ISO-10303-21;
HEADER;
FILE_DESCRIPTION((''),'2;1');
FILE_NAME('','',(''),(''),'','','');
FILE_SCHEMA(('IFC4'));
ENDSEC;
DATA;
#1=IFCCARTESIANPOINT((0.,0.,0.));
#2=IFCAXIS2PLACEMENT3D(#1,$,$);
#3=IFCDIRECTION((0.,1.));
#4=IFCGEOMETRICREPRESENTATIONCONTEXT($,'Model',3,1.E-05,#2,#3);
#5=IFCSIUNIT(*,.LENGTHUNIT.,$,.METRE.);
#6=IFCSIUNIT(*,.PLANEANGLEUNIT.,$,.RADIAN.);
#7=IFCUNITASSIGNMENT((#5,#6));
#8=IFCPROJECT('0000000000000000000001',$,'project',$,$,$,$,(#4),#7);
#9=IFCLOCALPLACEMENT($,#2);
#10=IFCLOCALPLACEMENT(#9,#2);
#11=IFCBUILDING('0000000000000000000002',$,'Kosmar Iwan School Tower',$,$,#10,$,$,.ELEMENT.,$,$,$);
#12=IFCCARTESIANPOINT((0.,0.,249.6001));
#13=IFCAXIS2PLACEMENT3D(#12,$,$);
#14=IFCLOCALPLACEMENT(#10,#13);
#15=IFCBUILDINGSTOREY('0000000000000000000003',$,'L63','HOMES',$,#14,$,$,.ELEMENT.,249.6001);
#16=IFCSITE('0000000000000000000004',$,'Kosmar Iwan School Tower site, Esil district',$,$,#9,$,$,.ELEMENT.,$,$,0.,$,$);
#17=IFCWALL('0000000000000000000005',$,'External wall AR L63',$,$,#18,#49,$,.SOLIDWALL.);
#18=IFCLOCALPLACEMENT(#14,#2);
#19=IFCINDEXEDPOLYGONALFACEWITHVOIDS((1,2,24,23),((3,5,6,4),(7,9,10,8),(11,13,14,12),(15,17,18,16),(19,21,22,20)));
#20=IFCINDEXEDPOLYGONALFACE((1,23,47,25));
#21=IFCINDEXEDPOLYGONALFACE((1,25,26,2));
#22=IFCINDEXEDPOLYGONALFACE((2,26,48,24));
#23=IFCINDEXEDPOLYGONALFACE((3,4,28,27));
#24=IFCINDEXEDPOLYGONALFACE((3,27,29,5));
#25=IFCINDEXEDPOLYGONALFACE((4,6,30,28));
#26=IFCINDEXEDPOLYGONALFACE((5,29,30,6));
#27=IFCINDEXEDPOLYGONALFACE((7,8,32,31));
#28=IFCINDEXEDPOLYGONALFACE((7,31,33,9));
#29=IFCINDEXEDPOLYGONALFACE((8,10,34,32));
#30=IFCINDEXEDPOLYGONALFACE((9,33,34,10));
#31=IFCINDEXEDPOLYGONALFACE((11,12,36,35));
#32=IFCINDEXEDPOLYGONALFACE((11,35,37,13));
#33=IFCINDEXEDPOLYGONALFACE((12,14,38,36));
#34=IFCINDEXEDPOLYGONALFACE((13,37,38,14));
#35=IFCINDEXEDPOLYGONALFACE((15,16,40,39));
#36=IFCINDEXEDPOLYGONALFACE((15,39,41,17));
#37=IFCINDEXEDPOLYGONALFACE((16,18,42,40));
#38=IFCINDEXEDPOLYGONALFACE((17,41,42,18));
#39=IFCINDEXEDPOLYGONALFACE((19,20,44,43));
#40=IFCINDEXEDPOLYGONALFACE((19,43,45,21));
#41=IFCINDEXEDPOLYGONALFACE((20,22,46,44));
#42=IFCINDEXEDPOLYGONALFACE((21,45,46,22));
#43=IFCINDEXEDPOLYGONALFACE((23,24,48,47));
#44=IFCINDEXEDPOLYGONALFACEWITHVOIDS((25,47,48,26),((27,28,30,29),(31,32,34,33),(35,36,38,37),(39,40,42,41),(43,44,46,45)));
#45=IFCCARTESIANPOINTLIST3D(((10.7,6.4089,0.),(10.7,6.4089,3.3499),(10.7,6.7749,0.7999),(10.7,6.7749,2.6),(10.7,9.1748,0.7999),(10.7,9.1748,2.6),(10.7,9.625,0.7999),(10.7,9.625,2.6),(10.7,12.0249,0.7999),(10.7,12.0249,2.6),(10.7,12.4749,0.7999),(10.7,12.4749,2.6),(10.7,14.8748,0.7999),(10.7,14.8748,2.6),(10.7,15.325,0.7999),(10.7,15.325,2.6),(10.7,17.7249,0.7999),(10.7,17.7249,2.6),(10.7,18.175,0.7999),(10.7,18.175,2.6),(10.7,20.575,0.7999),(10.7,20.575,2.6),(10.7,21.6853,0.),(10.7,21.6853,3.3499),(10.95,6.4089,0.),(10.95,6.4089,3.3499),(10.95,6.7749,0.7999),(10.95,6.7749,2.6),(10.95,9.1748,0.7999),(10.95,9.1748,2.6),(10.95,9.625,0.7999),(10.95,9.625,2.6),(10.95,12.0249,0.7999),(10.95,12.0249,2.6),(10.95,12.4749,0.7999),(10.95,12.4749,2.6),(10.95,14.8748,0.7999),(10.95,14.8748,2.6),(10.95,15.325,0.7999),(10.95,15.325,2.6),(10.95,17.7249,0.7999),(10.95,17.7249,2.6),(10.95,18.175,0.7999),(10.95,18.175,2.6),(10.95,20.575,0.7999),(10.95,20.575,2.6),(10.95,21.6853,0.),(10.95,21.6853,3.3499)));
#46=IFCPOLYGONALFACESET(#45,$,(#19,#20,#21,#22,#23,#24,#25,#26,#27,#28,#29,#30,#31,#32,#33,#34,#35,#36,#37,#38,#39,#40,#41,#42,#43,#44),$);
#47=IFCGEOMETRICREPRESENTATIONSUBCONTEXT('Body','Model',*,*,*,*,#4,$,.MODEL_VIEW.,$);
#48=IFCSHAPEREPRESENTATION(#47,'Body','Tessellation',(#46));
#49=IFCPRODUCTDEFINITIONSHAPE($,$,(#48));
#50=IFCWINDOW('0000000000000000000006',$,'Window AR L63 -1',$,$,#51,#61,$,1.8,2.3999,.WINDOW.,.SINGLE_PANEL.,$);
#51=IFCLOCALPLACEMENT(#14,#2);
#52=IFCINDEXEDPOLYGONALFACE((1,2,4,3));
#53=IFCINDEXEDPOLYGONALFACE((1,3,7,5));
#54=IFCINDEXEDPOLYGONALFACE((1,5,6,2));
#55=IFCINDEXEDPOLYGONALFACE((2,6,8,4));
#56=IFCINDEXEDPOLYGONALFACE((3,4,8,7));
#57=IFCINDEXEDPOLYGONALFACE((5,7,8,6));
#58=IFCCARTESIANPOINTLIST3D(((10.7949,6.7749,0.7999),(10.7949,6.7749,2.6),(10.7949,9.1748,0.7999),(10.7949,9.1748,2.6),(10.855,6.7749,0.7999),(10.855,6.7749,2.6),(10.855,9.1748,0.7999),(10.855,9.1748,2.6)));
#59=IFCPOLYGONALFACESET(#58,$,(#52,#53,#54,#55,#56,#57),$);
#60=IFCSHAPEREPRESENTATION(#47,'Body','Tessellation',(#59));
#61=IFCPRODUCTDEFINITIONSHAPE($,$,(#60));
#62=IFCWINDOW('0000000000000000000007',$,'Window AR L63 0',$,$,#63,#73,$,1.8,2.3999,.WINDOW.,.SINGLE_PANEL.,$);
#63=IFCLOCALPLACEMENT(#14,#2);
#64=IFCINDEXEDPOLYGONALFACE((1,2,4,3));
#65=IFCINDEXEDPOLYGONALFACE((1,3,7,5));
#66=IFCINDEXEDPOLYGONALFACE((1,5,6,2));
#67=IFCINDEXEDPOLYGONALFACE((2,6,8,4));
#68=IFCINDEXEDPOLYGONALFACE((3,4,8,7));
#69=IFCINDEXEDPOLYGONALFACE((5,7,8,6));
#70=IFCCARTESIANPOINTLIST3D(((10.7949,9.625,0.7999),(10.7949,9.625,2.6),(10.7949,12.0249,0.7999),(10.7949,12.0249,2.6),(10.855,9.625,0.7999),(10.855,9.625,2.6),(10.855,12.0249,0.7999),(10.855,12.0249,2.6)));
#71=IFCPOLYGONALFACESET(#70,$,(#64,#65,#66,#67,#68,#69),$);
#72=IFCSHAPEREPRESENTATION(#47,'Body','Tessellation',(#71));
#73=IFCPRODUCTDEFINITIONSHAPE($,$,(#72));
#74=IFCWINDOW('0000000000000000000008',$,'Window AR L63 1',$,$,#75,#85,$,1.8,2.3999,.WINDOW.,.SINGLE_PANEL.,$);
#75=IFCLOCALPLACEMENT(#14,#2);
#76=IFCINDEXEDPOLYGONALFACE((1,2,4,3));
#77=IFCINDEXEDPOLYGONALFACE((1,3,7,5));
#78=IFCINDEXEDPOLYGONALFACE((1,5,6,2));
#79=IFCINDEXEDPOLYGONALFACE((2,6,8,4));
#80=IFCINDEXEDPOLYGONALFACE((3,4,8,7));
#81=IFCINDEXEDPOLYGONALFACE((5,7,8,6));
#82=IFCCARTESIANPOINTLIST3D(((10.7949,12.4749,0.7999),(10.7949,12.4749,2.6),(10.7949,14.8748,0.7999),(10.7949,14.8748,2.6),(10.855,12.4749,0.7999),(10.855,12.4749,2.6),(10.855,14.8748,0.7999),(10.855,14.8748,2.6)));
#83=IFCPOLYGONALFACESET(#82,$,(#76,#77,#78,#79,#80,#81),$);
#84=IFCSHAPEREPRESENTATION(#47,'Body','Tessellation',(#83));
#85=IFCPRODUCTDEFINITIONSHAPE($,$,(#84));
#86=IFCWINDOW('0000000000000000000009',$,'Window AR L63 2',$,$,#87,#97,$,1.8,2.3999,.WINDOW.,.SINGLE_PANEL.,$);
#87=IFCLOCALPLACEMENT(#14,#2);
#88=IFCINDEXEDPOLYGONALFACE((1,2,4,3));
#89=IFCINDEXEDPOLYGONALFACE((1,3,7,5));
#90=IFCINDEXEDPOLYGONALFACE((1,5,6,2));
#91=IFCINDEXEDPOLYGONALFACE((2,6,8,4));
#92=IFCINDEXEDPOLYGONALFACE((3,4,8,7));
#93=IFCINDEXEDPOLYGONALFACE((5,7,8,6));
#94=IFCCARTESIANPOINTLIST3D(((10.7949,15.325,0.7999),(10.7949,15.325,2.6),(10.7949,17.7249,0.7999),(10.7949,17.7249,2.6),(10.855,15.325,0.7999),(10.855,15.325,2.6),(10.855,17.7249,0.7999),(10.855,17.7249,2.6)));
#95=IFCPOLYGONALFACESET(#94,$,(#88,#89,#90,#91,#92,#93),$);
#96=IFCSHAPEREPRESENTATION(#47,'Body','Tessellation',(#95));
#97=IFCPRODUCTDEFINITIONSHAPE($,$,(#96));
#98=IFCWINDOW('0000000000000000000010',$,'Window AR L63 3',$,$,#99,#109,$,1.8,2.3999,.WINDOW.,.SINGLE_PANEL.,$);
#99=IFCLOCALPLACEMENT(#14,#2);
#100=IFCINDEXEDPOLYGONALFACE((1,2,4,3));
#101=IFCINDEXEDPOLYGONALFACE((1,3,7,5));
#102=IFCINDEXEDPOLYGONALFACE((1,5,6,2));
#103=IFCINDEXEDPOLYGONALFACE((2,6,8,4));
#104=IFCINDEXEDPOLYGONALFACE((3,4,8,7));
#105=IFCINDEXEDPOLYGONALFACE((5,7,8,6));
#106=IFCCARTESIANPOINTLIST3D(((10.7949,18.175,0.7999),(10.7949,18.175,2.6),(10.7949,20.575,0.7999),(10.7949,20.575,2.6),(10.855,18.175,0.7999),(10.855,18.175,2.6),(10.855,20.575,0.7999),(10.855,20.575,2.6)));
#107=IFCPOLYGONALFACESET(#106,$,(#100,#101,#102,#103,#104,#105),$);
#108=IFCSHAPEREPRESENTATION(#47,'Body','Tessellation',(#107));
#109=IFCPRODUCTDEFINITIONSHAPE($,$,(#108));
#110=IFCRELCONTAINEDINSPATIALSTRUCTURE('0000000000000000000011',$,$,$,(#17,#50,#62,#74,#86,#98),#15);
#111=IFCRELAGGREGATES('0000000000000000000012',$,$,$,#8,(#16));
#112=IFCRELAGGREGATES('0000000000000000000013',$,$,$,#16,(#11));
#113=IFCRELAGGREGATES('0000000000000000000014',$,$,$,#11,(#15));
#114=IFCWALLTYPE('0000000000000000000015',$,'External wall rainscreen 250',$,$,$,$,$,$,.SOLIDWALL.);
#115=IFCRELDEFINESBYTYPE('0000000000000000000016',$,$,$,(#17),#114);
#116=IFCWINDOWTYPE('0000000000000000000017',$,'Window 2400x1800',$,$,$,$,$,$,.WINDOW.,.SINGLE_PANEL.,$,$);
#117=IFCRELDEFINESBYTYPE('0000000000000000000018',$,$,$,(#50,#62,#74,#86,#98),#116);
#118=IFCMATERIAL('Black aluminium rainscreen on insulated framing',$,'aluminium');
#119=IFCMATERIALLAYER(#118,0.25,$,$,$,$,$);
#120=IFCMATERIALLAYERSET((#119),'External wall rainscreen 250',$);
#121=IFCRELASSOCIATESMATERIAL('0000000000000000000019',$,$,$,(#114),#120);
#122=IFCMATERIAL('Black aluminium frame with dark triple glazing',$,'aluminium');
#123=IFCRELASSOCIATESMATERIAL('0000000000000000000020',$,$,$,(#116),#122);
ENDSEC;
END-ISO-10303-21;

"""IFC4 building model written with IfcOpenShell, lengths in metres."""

from ifc_helpers import new_model, si_unit, direction, frame, frame_2d, origin, place, context, subcontext, project, spatial, rectangle, extrude, material, layer, layer_set, type_object, element, fill, save


model = new_model("IFC4")

# Units and contexts
model_context = context("Model", 3, precision=1e-05, world=origin(), true_north=direction((0.0, 1.0)))
body_context = subcontext(model_context, "Body", "Model", "MODEL_VIEW")
ifc_project = project(units=[si_unit("LENGTHUNIT", "METRE"), si_unit("PLANEANGLEUNIT", "RADIAN")], contexts=[model_context])

# Site, building, storey
site_placement = place(None, origin())
site = spatial("IfcSite", under=ifc_project, at=site_placement, Name="Kosmar Iwan School Tower site, Esil district", CompositionType="ELEMENT", RefElevation=0.0)
building_placement = place(site_placement, origin())
building = spatial("IfcBuilding", under=site, at=building_placement, Name="Kosmar Iwan School Tower", CompositionType="ELEMENT")
storey_placement = place(building_placement, frame((0.0, 0.0, 249.6001)))
storey = spatial("IfcBuildingStorey", under=building, at=storey_placement, Name="L63", Description="HOMES", CompositionType="ELEMENT", Elevation=249.6001)

# Wall, openings, windows
ifc_material_1 = material(Name="Black aluminium rainscreen on insulated framing", Category="aluminium")
ifc_layer = layer(ifc_material_1, 0.25)
ifc_layer_set = layer_set([ifc_layer], Name="External wall rainscreen 250")
wall_type = type_object("IfcWallType", Name="External wall rainscreen 250", PredefinedType="SOLIDWALL", material=ifc_layer_set)
ifc_material_2 = material(Name="Black aluminium frame with dark triple glazing", Category="aluminium")
window_type = type_object("IfcWindowType", Name="Window 2400x1800", PartitioningType="SINGLE_PANEL", PredefinedType="WINDOW", material=ifc_material_2)
wall_1_placement = place(storey_placement, frame((10.825, 6.4089, 0.0), z_axis=(0.0, 0.0, 1.0), x_axis=(0.0, 1.0, 0.0)))
wall_1 = element("IfcWall", 1, at=wall_1_placement, inside=storey, type_object=wall_type, Name="External wall AR L63", PredefinedType="SOLIDWALL", context=body_context, shape_type="SweptSolid", body=[
    extrude(rectangle(XDim=15.2764, YDim=0.25, at=frame_2d((7.6382, 0.0))), origin(), (0.0, 0.0, 1.0), 3.3499),
])
opening_1_placement = place(wall_1_placement, frame((0.366, 0.0, 0.8)))
opening_1 = element("IfcOpeningElement", 2, at=opening_1_placement, cuts=wall_1, PredefinedType="OPENING", context=body_context, shape_type="SweptSolid", body=[
    extrude(rectangle(XDim=2.3999, YDim=1.8, at=frame_2d((1.2, 0.8999))), frame((0.0, 0.137, 0.0), z_axis=(0.0, -1.0, 0.0), x_axis=(1.0, 0.0, 0.0)), (0.0, 0.0, 1.0), 0.2739),
])
opening_2_placement = place(wall_1_placement, frame((3.2161, 0.0, 0.8)))
opening_2 = element("IfcOpeningElement", 3, at=opening_2_placement, cuts=wall_1, PredefinedType="OPENING", context=body_context, shape_type="SweptSolid", body=[
    extrude(rectangle(XDim=2.3999, YDim=1.8, at=frame_2d((1.2, 0.8999))), frame((0.0, 0.137, 0.0), z_axis=(0.0, -1.0, 0.0), x_axis=(1.0, 0.0, 0.0)), (0.0, 0.0, 1.0), 0.2739),
])
opening_3_placement = place(wall_1_placement, frame((6.0659, 0.0, 0.8)))
opening_3 = element("IfcOpeningElement", 4, at=opening_3_placement, cuts=wall_1, PredefinedType="OPENING", context=body_context, shape_type="SweptSolid", body=[
    extrude(rectangle(XDim=2.3999, YDim=1.8, at=frame_2d((1.2, 0.8999))), frame((0.0, 0.137, 0.0), z_axis=(0.0, -1.0, 0.0), x_axis=(1.0, 0.0, 0.0)), (0.0, 0.0, 1.0), 0.2739),
])
opening_4_placement = place(wall_1_placement, frame((8.916, 0.0, 0.8)))
opening_4 = element("IfcOpeningElement", 5, at=opening_4_placement, cuts=wall_1, PredefinedType="OPENING", context=body_context, shape_type="SweptSolid", body=[
    extrude(rectangle(XDim=2.3999, YDim=1.8, at=frame_2d((1.2, 0.8999))), frame((0.0, 0.137, 0.0), z_axis=(0.0, -1.0, 0.0), x_axis=(1.0, 0.0, 0.0)), (0.0, 0.0, 1.0), 0.2739),
])
opening_5_placement = place(wall_1_placement, frame((11.7661, 0.0, 0.8)))
opening_5 = element("IfcOpeningElement", 6, at=opening_5_placement, cuts=wall_1, PredefinedType="OPENING", context=body_context, shape_type="SweptSolid", body=[
    extrude(rectangle(XDim=2.3999, YDim=1.8, at=frame_2d((1.2, 0.8999))), frame((0.0, 0.137, 0.0), z_axis=(0.0, -1.0, 0.0), x_axis=(1.0, 0.0, 0.0)), (0.0, 0.0, 1.0), 0.2739),
])
window_1_placement = place(opening_1_placement, origin())
window_1 = element("IfcWindow", 7, at=window_1_placement, inside=storey, type_object=window_type, Name="Window AR L63 -1", OverallHeight=1.8, OverallWidth=2.3999, PartitioningType="SINGLE_PANEL", PredefinedType="WINDOW", context=body_context, shape_type="SweptSolid", body=[
    extrude(rectangle(XDim=2.3999, YDim=1.8, at=frame_2d((1.2, 0.8999))), frame((0.0, 0.03, 0.0), z_axis=(0.0, -1.0, 0.0), x_axis=(1.0, 0.0, 0.0)), (0.0, 0.0, 1.0), 0.0601),
])
fill(opening_1, window_1)
window_2_placement = place(opening_2_placement, origin())
window_2 = element("IfcWindow", 8, at=window_2_placement, inside=storey, type_object=window_type, Name="Window AR L63 0", OverallHeight=1.8, OverallWidth=2.3999, PartitioningType="SINGLE_PANEL", PredefinedType="WINDOW", context=body_context, shape_type="SweptSolid", body=[
    extrude(rectangle(XDim=2.3999, YDim=1.8, at=frame_2d((1.2, 0.8999))), frame((0.0, 0.03, 0.0), z_axis=(0.0, -1.0, 0.0), x_axis=(1.0, 0.0, 0.0)), (0.0, 0.0, 1.0), 0.0601),
])
fill(opening_2, window_2)
window_3_placement = place(opening_3_placement, origin())
window_3 = element("IfcWindow", 9, at=window_3_placement, inside=storey, type_object=window_type, Name="Window AR L63 1", OverallHeight=1.8, OverallWidth=2.3999, PartitioningType="SINGLE_PANEL", PredefinedType="WINDOW", context=body_context, shape_type="SweptSolid", body=[
    extrude(rectangle(XDim=2.3999, YDim=1.8, at=frame_2d((1.2, 0.8999))), frame((0.0, 0.03, 0.0), z_axis=(0.0, -1.0, 0.0), x_axis=(1.0, 0.0, 0.0)), (0.0, 0.0, 1.0), 0.0601),
])
fill(opening_3, window_3)
window_4_placement = place(opening_4_placement, origin())
window_4 = element("IfcWindow", 10, at=window_4_placement, inside=storey, type_object=window_type, Name="Window AR L63 2", OverallHeight=1.8, OverallWidth=2.3999, PartitioningType="SINGLE_PANEL", PredefinedType="WINDOW", context=body_context, shape_type="SweptSolid", body=[
    extrude(rectangle(XDim=2.3999, YDim=1.8, at=frame_2d((1.2, 0.8999))), frame((0.0, 0.03, 0.0), z_axis=(0.0, -1.0, 0.0), x_axis=(1.0, 0.0, 0.0)), (0.0, 0.0, 1.0), 0.0601),
])
fill(opening_4, window_4)
window_5_placement = place(opening_5_placement, origin())
window_5 = element("IfcWindow", 11, at=window_5_placement, inside=storey, type_object=window_type, Name="Window AR L63 3", OverallHeight=1.8, OverallWidth=2.3999, PartitioningType="SINGLE_PANEL", PredefinedType="WINDOW", context=body_context, shape_type="SweptSolid", body=[
    extrude(rectangle(XDim=2.3999, YDim=1.8, at=frame_2d((1.2, 0.8999))), frame((0.0, 0.03, 0.0), z_axis=(0.0, -1.0, 0.0), x_axis=(1.0, 0.0, 0.0)), (0.0, 0.0, 1.0), 0.0601),
])
fill(opening_5, window_5)

save(model, "model.ifc")
